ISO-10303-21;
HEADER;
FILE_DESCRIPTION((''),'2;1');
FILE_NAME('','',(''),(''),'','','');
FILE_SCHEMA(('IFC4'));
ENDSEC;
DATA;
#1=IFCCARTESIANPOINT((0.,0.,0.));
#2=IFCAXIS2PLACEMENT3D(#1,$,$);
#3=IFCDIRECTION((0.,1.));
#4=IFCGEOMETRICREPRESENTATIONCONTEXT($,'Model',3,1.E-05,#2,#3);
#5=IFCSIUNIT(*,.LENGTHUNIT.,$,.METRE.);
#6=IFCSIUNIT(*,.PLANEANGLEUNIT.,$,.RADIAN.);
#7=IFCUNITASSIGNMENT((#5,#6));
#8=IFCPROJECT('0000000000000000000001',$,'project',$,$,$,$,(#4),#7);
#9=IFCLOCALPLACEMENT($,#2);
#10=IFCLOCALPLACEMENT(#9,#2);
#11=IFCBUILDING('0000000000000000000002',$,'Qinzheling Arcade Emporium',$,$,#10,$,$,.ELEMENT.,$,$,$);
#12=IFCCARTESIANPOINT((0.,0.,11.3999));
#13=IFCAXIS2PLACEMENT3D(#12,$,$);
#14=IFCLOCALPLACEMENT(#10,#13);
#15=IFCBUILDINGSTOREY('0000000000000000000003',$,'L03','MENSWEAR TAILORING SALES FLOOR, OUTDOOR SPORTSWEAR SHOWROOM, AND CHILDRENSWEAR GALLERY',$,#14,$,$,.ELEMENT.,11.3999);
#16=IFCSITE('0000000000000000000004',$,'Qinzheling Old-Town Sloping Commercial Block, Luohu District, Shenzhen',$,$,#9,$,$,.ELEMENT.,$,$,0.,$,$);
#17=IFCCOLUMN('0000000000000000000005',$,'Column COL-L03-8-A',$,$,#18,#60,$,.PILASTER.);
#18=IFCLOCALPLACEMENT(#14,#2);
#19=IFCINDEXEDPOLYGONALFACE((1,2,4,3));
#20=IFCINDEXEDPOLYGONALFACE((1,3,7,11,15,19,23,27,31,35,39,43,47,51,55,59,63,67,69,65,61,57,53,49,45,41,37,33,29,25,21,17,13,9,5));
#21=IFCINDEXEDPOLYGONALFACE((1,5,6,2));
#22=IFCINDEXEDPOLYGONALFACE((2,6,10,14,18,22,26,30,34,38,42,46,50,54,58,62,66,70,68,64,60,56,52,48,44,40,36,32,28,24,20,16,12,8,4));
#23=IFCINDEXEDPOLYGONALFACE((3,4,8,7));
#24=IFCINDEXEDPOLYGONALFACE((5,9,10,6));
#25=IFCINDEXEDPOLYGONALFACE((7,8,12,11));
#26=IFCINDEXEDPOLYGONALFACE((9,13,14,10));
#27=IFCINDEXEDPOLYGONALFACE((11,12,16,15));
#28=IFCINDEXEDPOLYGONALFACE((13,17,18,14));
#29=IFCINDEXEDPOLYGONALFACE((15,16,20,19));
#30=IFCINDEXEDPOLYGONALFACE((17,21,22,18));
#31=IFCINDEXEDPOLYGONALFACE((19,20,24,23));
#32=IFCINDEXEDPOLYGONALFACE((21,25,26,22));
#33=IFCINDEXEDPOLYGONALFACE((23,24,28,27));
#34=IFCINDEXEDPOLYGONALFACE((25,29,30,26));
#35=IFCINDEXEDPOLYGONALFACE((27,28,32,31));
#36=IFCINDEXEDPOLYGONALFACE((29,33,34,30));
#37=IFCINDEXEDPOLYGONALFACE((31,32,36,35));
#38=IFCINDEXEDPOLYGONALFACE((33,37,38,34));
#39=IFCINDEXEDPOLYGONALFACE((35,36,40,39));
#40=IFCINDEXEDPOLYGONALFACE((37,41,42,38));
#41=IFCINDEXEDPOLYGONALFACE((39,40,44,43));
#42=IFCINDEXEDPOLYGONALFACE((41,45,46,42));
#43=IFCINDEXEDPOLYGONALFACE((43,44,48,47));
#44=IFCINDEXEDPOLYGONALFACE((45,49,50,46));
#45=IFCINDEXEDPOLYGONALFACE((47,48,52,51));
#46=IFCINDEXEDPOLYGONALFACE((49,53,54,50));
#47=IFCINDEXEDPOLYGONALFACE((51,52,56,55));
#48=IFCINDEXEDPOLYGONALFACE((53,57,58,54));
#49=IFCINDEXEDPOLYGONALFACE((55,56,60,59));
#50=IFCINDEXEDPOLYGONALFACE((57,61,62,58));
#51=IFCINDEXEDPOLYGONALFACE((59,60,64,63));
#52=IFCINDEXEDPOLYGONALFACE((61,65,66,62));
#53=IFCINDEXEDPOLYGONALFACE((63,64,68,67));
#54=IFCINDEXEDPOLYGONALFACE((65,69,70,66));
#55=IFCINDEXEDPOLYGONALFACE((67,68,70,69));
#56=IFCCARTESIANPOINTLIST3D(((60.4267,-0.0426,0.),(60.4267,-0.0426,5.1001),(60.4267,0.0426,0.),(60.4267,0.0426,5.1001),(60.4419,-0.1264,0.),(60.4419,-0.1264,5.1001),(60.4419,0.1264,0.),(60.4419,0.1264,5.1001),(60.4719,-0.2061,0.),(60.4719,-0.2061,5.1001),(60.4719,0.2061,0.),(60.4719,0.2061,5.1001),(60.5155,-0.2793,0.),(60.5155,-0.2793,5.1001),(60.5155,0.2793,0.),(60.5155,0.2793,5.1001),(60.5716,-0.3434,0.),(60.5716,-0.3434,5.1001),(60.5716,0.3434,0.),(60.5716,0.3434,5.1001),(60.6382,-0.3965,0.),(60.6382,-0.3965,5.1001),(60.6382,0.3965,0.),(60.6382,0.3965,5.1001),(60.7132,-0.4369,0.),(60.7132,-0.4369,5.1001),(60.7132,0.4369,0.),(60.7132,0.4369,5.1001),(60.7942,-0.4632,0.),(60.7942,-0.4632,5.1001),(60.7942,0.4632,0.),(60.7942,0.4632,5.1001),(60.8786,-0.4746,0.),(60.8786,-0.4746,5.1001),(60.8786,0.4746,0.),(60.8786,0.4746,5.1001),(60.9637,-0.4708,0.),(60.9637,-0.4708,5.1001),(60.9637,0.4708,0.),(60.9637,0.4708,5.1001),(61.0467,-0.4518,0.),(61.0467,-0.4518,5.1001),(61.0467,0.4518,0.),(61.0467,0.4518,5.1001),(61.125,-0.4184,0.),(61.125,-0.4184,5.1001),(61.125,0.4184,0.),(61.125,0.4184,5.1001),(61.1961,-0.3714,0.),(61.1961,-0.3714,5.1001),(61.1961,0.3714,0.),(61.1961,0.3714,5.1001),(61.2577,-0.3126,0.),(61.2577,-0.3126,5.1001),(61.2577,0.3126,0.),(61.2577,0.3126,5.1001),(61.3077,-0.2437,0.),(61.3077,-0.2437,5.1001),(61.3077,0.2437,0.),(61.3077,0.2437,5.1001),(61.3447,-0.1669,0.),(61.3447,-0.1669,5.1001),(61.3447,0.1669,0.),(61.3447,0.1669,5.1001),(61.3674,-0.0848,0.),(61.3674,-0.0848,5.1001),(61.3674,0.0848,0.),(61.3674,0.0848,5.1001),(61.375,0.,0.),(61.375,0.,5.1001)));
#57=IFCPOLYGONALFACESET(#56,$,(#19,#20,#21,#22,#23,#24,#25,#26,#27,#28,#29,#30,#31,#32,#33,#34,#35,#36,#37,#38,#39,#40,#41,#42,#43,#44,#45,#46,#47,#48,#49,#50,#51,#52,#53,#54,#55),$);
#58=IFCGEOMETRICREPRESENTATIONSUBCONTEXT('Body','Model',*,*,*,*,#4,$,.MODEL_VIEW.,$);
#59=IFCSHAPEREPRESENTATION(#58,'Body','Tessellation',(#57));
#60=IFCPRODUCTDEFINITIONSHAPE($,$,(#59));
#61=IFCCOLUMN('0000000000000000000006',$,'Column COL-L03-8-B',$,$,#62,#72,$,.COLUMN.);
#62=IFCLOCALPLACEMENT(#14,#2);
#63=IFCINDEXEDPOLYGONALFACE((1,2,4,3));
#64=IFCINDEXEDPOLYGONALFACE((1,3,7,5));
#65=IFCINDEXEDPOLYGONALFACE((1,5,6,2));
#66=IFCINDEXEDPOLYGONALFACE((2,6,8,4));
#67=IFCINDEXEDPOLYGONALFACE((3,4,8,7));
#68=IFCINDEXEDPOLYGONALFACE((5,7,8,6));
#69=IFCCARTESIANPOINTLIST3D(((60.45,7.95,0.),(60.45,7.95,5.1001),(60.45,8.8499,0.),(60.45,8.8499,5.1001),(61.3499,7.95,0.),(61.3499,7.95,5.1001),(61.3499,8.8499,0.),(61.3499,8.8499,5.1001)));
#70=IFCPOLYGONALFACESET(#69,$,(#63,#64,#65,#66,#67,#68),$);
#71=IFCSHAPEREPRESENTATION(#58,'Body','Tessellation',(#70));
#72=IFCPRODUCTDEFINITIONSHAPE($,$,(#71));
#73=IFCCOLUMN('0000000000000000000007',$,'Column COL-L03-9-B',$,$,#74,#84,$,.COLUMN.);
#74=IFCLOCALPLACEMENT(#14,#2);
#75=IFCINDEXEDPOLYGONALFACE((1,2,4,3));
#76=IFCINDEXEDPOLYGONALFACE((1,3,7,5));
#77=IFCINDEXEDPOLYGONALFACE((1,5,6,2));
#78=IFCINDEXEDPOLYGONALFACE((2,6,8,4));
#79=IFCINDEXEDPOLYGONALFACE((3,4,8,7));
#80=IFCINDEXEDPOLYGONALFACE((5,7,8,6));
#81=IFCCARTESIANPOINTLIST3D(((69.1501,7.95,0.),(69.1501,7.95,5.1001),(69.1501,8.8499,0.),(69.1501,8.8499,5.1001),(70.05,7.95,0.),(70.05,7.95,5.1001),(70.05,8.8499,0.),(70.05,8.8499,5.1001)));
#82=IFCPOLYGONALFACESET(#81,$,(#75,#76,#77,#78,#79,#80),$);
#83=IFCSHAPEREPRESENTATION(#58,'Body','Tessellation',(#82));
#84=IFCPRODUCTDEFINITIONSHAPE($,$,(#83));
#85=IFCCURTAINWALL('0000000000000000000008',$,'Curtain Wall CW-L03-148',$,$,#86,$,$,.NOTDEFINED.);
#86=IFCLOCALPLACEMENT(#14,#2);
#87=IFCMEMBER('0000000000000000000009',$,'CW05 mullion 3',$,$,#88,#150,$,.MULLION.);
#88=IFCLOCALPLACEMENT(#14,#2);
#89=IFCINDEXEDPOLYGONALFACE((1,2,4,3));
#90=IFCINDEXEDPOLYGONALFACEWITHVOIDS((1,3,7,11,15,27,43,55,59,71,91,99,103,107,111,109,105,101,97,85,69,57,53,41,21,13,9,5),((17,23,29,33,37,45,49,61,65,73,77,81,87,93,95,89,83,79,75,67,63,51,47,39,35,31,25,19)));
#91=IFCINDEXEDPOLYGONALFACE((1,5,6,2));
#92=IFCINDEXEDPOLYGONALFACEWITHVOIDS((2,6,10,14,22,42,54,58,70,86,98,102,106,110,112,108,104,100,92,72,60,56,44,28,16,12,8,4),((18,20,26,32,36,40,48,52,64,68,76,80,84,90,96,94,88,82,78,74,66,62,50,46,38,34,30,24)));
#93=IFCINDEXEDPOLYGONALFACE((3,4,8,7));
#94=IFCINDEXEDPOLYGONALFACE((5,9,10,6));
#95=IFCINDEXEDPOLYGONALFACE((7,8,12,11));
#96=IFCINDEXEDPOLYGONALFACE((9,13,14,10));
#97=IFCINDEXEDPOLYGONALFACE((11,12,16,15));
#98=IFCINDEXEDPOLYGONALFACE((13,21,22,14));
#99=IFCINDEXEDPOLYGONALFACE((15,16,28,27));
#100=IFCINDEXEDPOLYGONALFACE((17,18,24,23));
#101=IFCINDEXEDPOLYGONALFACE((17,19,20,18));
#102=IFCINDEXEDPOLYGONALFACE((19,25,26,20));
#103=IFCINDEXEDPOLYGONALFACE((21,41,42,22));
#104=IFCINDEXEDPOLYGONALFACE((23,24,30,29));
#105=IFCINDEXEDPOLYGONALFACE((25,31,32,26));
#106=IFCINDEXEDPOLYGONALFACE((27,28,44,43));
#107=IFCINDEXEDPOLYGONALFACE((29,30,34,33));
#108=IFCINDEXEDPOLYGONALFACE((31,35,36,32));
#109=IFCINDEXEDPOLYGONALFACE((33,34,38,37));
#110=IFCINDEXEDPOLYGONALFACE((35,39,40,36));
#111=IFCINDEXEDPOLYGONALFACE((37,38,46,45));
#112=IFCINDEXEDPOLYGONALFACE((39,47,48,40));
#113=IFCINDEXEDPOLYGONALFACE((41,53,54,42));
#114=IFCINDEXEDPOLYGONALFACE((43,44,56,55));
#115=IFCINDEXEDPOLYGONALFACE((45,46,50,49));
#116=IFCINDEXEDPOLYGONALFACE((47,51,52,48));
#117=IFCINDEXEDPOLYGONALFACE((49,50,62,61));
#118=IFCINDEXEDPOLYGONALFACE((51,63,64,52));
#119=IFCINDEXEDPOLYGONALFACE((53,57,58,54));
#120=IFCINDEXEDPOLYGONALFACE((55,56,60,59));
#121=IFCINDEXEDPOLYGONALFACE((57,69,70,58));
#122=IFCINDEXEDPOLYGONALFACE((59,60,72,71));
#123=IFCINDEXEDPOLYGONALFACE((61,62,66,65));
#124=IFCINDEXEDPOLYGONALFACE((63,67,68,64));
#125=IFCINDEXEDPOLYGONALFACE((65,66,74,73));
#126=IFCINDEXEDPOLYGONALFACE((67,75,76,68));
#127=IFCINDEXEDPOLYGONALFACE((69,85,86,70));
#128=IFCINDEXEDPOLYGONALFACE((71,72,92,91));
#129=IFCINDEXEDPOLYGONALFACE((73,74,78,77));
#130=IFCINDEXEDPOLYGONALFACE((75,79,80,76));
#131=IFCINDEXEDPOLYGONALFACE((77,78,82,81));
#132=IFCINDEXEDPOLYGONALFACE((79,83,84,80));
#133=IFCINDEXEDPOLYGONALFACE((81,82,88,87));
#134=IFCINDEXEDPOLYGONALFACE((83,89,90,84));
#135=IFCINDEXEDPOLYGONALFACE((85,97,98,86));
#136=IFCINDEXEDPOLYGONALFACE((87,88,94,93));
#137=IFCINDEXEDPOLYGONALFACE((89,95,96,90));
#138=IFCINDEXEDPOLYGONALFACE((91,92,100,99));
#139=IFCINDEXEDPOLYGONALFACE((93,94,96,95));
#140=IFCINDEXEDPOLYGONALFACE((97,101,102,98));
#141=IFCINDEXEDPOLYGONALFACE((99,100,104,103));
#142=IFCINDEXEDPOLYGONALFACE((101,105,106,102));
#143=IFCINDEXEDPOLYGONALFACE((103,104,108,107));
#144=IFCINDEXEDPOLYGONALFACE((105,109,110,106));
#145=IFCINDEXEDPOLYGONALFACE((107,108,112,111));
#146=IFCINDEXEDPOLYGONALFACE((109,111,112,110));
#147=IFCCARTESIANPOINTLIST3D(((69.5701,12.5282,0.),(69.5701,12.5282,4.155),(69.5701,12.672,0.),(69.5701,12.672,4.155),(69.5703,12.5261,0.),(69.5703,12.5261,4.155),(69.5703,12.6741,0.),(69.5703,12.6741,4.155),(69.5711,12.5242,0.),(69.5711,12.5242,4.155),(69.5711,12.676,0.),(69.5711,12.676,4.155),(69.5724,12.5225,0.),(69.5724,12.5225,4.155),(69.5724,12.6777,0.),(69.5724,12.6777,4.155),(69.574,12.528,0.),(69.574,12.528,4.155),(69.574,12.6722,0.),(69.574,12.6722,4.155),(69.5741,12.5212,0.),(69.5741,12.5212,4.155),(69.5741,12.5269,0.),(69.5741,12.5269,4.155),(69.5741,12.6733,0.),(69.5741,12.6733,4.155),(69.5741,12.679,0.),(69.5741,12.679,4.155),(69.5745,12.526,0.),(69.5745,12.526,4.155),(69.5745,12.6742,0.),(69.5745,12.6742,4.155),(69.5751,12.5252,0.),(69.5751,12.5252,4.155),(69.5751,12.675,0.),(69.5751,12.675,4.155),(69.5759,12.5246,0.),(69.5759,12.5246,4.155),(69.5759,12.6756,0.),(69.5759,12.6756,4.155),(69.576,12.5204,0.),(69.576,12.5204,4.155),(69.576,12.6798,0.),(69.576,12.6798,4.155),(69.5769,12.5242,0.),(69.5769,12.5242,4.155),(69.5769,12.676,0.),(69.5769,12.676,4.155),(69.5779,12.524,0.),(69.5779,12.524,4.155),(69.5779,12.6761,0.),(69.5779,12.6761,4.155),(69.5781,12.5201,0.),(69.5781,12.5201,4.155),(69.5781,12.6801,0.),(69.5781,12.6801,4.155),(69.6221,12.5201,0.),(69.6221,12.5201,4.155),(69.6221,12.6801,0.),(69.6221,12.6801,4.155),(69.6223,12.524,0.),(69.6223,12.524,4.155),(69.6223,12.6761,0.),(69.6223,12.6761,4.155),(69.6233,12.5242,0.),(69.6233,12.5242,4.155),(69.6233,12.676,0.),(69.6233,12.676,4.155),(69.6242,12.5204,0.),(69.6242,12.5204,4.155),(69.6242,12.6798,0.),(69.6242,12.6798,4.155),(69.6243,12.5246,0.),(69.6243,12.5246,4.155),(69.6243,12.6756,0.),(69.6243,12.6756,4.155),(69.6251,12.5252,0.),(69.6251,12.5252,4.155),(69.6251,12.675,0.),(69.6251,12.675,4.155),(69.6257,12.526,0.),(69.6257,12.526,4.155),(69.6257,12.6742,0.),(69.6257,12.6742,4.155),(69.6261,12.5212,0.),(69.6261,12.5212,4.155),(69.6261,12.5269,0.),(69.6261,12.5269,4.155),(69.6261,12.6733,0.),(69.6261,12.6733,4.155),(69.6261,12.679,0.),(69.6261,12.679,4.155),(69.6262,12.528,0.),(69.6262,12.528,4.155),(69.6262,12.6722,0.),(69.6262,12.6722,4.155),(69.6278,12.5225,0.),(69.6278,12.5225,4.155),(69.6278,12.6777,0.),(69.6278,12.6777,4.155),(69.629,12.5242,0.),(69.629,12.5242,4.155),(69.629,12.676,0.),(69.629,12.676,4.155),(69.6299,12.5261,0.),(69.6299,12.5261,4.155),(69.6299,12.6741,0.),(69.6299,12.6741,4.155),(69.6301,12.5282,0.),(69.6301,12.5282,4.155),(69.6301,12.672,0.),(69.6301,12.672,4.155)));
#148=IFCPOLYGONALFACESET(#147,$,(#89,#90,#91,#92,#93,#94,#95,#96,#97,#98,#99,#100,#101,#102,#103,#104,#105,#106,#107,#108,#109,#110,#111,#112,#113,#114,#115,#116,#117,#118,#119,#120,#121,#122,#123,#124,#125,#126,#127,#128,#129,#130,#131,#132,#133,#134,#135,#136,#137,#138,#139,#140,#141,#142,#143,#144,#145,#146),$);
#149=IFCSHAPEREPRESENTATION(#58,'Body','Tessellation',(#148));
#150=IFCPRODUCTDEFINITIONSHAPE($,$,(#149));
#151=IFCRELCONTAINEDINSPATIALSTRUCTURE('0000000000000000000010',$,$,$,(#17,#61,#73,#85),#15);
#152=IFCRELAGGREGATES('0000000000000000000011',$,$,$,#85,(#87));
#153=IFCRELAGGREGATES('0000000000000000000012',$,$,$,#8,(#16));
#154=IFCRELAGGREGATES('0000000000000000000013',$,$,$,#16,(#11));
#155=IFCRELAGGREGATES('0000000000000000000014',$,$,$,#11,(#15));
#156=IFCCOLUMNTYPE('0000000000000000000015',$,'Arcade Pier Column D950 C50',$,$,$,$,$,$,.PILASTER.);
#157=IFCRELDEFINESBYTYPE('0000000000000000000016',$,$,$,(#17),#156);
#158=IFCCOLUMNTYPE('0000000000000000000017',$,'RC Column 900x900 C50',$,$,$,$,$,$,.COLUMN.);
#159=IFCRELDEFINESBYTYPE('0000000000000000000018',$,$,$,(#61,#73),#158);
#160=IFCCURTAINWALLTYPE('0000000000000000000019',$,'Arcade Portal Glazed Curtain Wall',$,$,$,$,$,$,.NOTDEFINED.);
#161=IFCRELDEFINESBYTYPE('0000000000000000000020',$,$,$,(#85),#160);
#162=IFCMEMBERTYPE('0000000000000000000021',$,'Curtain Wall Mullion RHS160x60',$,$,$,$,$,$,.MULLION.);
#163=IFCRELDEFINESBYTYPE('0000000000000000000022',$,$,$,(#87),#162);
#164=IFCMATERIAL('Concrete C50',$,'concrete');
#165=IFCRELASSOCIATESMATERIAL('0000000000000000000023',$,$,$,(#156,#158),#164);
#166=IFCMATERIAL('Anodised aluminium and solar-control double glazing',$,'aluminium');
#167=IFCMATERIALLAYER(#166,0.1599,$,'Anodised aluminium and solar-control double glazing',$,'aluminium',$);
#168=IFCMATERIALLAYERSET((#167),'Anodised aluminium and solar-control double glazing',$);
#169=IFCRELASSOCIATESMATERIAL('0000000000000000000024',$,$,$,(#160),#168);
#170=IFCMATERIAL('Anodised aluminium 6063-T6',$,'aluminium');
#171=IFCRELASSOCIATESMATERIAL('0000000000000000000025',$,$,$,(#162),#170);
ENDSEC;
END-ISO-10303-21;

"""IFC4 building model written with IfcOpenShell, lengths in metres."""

from ifc_helpers import new_model, si_unit, direction, frame, origin, origin_2d, place, context, subcontext, project, spatial, rectangle, hollow_rectangle, circle, extrude, material, layer, layer_set, material_profile, profile_set, type_object, element, aggregate, save


model = new_model("IFC4")

# Units and contexts
model_context = context("Model", 3, precision=1e-05, world=origin(), true_north=direction((0.0, 1.0)))
body_context = subcontext(model_context, "Body", "Model", "MODEL_VIEW")
ifc_project = project(units=[si_unit("LENGTHUNIT", "METRE"), si_unit("PLANEANGLEUNIT", "RADIAN")], contexts=[model_context])

# Site, building, storey
site_placement = place(None, origin())
site = spatial("IfcSite", under=ifc_project, at=site_placement, Name="Qinzheling Old-Town Sloping Commercial Block, Luohu District, Shenzhen", CompositionType="ELEMENT", RefElevation=0.0)
building_placement = place(site_placement, origin())
building = spatial("IfcBuilding", under=site, at=building_placement, Name="Qinzheling Arcade Emporium", CompositionType="ELEMENT")
storey_placement = place(building_placement, frame((0.0, 0.0, 11.3999)))
storey = spatial("IfcBuildingStorey", under=building, at=storey_placement, Name="L03", Description="MENSWEAR TAILORING SALES FLOOR, OUTDOOR SPORTSWEAR SHOWROOM, AND CHILDRENSWEAR GALLERY", CompositionType="ELEMENT", Elevation=11.3999)

# Columns
ifc_material_1 = material(Name="Concrete C50", Category="concrete")
ifc_material_profile_1 = material_profile(ifc_material_1, circle(Radius=0.4751, at=origin_2d()), Name="RC D950", Category="concrete")
ifc_profile_set_1 = profile_set([ifc_material_profile_1], Name="Concrete C50")
column_type_1 = type_object("IfcColumnType", Name="Arcade Pier Column D950 C50", PredefinedType="PILASTER", material=ifc_profile_set_1)
column_placement = place(storey_placement, frame((60.8999, 0.0, 0.0), z_axis=(0.0, 0.0, 1.0), x_axis=(1.0, 0.0, 0.0)))
element("IfcColumn", 1, at=column_placement, inside=storey, type_object=column_type_1, Name="Column COL-L03-8-A", PredefinedType="PILASTER", context=body_context, shape_type="SweptSolid", body=[
    extrude(circle(Radius=0.4751, at=origin_2d()), origin(), (0.0, 0.0, 1.0), 5.1001),
])
ifc_material_profile_2 = material_profile(ifc_material_1, rectangle(XDim=0.8999, YDim=0.8999, at=origin_2d()), Name="RC 900x900", Category="concrete")
ifc_profile_set_2 = profile_set([ifc_material_profile_2], Name="Concrete C50")
column_type_2 = type_object("IfcColumnType", Name="RC Column 900x900 C50", PredefinedType="COLUMN", material=ifc_profile_set_2)
for number, where, z_axis, x_axis, name in (
    (2, (60.8999, 8.3999, 0.0), (0.0, 0.0, 1.0), (1.0, 0.0, 0.0), "Column COL-L03-8-B"),
    (3, (69.6001, 8.3999, 0.0), (0.0, 0.0, 1.0), (1.0, 0.0, 0.0), "Column COL-L03-9-B"),
):
    element("IfcColumn", number, at=place(storey_placement, frame(where, z_axis=z_axis, x_axis=x_axis)), inside=storey, type_object=column_type_2, Name=name, PredefinedType="COLUMN", context=body_context, shape_type="SweptSolid", body=[
        extrude(rectangle(XDim=0.8999, YDim=0.8999, at=origin_2d()), origin(), (0.0, 0.0, 1.0), 5.1001),
    ])

# Curtain wall, member
ifc_material_2 = material(Name="Anodised aluminium and solar-control double glazing", Category="aluminium")
ifc_layer_1 = layer(ifc_material_2, 0.1599, Name="Anodised aluminium and solar-control double glazing", Category="aluminium")
ifc_layer_set_1 = layer_set([ifc_layer_1], Name="Anodised aluminium and solar-control double glazing")
curtain_wall_type = type_object("IfcCurtainWallType", Name="Arcade Portal Glazed Curtain Wall", PredefinedType="NOTDEFINED", material=ifc_layer_set_1)
curtain_wall_1_placement = place(storey_placement, origin())
curtain_wall_1 = element("IfcCurtainWall", 4, at=curtain_wall_1_placement, inside=storey, type_object=curtain_wall_type, Name="Curtain Wall CW-L03-148", PredefinedType="NOTDEFINED")
ifc_material_3 = material(Name="Anodised aluminium 6063-T6", Category="aluminium")
ifc_material_profile_3 = material_profile(ifc_material_3, hollow_rectangle(XDim=0.0601, YDim=0.1599, WallThickness=0.0039, InnerFilletRadius=0.0039, OuterFilletRadius=0.0081, at=origin_2d()), Name="RHS 160x60x4", Category="aluminium")
ifc_profile_set_3 = profile_set([ifc_material_profile_3], Name="Anodised aluminium 6063-T6")
member_type_1 = type_object("IfcMemberType", Name="Curtain Wall Mullion RHS160x60", PredefinedType="MULLION", material=ifc_profile_set_3)
member_1_placement = place(storey_placement, frame((69.6001, 12.6001, 0.0), z_axis=(0.0, 0.0, 1.0), x_axis=(1.0, 0.0, 0.0)))
member_1 = element("IfcMember", 5, at=member_1_placement, type_object=member_type_1, Name="CW05 mullion 3", PredefinedType="MULLION", context=body_context, shape_type="SweptSolid", body=[
    extrude(hollow_rectangle(XDim=0.0601, YDim=0.1599, WallThickness=0.0039, InnerFilletRadius=0.0039, OuterFilletRadius=0.0081, at=origin_2d()), origin(), (0.0, 0.0, 1.0), 4.155),
])

aggregate(curtain_wall_1, [member_1])

save(model, "model.ifc")
